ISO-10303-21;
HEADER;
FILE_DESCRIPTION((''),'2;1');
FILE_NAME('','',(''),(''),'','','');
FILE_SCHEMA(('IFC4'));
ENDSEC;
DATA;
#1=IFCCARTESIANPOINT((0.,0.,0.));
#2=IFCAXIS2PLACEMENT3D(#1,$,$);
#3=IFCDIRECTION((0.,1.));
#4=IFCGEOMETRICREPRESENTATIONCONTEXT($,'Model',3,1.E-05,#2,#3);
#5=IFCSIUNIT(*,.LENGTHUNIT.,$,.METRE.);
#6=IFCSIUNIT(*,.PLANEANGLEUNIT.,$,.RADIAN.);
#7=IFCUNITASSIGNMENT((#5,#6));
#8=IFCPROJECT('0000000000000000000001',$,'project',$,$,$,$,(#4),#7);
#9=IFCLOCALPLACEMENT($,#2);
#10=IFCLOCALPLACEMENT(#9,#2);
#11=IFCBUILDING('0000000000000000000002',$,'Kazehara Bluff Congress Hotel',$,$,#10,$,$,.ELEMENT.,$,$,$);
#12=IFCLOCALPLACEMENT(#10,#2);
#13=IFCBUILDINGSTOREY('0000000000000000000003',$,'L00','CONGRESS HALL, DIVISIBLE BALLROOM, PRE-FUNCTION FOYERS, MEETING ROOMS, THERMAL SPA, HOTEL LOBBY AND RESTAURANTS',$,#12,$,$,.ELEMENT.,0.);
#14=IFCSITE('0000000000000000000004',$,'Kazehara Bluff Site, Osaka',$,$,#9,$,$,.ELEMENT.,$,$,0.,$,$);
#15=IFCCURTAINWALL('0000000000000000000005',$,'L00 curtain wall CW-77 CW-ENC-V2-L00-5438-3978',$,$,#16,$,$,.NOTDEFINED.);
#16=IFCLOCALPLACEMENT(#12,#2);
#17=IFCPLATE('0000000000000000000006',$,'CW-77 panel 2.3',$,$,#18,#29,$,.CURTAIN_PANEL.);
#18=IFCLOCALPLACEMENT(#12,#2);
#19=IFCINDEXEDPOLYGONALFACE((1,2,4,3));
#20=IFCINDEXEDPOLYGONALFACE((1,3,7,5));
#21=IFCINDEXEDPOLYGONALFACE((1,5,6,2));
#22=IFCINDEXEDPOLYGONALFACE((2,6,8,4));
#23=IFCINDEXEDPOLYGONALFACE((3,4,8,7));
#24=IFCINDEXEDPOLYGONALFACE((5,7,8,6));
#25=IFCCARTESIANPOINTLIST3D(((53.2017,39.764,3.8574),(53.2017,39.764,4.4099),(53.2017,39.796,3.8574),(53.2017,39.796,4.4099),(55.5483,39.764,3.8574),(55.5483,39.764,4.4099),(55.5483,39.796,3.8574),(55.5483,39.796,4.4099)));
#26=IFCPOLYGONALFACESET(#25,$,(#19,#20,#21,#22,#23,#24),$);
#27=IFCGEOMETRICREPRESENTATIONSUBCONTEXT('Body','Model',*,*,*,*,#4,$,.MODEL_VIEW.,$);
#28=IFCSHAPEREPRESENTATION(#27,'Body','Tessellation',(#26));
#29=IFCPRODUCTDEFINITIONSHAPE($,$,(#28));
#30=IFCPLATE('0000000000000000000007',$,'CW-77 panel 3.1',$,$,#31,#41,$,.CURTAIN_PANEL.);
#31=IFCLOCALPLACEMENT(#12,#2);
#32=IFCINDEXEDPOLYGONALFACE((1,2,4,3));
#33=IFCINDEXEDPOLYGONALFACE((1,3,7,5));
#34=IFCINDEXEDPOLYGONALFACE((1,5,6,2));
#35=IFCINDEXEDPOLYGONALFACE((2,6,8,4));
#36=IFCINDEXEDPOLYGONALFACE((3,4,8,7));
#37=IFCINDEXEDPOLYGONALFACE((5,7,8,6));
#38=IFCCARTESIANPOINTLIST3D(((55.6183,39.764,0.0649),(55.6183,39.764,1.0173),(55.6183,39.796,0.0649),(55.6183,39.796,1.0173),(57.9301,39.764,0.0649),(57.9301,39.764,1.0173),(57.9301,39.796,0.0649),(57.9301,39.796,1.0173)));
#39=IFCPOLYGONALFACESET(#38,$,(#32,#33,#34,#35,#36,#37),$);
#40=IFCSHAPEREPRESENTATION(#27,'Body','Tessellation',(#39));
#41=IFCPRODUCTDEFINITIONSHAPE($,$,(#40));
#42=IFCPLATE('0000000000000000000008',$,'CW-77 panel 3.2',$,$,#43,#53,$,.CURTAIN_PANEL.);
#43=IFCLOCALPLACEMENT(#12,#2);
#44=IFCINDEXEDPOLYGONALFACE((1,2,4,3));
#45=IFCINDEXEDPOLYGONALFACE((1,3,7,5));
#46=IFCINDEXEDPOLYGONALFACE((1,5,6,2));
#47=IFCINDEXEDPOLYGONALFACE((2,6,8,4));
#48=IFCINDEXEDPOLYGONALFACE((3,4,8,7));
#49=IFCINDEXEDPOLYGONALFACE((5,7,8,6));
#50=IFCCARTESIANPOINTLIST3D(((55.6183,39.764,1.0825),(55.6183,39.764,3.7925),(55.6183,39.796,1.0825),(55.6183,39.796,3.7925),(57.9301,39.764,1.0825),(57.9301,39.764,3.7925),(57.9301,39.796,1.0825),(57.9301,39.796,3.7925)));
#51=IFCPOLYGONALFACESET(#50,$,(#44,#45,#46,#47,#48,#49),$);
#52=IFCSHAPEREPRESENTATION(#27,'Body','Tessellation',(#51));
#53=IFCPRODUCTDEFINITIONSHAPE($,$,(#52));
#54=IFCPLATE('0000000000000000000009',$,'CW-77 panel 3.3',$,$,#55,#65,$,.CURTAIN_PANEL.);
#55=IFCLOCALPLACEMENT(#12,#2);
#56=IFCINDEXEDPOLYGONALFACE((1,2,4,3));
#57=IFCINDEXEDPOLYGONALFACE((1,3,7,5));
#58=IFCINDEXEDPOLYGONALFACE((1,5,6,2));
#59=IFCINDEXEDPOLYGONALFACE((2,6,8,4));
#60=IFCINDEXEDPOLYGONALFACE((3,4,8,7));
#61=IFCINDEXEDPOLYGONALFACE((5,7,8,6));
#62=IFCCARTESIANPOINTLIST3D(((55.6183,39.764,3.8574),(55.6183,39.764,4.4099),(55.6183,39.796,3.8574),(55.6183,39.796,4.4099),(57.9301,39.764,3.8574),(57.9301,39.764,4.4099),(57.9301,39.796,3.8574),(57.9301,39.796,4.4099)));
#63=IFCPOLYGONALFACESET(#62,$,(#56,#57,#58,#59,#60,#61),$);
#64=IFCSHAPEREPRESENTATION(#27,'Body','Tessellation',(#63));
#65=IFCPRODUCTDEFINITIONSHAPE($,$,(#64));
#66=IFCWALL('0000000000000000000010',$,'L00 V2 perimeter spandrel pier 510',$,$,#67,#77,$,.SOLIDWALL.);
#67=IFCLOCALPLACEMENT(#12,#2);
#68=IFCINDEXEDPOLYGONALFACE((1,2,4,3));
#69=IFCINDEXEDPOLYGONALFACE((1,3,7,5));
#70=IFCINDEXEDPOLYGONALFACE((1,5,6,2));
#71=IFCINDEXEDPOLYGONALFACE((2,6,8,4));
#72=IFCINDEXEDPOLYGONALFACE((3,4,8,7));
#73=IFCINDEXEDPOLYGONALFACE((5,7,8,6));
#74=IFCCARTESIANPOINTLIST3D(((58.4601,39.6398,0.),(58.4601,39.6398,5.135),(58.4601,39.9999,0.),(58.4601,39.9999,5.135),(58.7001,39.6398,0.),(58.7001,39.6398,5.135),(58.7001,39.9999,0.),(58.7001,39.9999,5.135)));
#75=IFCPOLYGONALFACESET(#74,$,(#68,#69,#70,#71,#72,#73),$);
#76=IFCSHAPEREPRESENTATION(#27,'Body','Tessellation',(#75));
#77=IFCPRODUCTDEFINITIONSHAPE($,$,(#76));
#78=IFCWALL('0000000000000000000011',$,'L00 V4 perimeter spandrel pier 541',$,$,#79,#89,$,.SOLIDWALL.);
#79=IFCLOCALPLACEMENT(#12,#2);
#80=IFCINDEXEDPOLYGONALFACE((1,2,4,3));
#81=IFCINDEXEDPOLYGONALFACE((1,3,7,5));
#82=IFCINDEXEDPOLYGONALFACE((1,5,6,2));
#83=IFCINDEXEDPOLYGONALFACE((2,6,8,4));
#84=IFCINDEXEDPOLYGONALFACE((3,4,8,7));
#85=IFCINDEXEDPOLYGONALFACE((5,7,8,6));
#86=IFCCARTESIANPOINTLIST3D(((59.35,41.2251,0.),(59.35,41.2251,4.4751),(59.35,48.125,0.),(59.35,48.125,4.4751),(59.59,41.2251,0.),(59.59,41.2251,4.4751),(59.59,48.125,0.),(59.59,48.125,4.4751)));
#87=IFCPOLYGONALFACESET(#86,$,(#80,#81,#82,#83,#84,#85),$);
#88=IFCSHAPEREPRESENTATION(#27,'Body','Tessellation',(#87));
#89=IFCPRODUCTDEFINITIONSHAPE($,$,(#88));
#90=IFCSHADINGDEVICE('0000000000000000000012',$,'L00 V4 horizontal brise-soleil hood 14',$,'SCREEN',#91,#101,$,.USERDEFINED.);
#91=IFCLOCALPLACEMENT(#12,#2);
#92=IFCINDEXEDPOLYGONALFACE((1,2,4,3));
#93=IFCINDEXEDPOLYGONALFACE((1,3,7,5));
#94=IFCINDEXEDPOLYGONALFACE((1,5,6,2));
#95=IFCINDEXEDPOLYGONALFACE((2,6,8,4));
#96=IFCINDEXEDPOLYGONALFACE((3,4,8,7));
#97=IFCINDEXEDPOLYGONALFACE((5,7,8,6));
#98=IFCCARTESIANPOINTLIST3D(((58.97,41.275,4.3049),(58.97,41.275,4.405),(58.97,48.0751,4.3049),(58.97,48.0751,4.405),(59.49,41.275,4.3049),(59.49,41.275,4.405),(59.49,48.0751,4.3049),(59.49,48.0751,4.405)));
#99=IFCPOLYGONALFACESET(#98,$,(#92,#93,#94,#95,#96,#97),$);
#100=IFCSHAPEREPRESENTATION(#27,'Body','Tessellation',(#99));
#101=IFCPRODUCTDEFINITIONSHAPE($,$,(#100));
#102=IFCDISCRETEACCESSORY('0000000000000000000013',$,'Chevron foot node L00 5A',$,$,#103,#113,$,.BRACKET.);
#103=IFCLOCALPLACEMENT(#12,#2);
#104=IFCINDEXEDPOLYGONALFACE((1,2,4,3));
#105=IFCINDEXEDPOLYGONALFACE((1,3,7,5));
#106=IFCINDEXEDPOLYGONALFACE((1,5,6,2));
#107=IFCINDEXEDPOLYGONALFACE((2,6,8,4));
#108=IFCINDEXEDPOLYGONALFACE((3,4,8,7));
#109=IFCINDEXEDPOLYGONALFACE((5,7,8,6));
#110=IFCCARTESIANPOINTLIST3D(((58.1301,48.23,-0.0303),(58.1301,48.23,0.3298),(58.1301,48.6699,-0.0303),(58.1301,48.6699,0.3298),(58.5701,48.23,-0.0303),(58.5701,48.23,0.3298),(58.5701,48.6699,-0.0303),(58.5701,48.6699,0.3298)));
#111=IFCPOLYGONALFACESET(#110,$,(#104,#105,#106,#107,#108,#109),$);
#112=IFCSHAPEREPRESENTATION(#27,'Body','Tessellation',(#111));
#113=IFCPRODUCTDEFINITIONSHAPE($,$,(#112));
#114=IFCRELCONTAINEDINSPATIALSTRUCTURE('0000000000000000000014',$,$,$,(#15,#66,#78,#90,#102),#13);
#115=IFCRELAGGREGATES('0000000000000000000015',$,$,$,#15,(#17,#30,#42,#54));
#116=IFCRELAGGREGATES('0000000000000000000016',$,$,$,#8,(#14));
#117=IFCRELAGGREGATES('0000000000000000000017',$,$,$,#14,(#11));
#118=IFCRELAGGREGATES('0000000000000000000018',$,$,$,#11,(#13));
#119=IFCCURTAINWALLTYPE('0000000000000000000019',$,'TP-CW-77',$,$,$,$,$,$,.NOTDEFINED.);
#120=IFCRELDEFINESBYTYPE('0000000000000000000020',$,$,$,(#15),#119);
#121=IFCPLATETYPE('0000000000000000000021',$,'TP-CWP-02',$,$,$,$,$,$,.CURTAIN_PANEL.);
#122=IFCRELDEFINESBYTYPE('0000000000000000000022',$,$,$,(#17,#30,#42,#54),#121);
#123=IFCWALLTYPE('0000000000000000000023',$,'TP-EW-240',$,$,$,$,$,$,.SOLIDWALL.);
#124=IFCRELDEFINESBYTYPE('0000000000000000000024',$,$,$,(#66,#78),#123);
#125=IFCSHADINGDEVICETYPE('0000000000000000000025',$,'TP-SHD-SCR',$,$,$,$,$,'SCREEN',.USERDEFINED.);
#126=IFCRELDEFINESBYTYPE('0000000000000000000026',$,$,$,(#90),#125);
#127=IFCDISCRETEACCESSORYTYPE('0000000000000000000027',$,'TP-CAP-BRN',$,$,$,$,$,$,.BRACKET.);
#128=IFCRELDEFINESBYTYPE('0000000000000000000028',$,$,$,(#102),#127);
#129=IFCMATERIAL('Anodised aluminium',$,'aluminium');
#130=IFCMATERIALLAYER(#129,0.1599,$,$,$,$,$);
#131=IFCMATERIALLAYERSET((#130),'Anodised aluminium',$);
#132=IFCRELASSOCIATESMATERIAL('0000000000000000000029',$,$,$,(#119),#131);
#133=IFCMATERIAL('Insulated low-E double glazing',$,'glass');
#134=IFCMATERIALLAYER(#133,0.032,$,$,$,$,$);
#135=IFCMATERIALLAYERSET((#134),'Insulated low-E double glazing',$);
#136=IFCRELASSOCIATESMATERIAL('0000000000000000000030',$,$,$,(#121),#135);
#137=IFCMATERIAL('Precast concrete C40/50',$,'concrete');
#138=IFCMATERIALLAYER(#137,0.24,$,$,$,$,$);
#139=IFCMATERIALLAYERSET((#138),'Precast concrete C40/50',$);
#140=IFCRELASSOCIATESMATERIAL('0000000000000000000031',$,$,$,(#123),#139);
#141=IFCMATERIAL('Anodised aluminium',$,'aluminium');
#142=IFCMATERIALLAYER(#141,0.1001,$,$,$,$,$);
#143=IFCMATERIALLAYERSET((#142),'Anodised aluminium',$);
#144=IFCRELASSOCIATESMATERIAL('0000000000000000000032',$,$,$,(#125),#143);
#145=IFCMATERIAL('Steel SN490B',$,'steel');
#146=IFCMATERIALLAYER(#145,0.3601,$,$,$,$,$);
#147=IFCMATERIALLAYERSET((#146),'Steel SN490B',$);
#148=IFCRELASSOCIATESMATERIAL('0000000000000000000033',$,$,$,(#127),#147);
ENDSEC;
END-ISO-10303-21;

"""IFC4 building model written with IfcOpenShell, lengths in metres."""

from ifc_helpers import new_model, si_unit, direction, frame, frame_2d, origin, origin_2d, place, context, subcontext, project, spatial, rectangle, extrude, material, layer, layer_set, type_object, element, aggregate, save


model = new_model("IFC4")

# Units and contexts
model_context = context("Model", 3, precision=1e-05, world=origin(), true_north=direction((0.0, 1.0)))
body_context = subcontext(model_context, "Body", "Model", "MODEL_VIEW")
ifc_project = project(units=[si_unit("LENGTHUNIT", "METRE"), si_unit("PLANEANGLEUNIT", "RADIAN")], contexts=[model_context])

# Site, building, storey
site_placement = place(None, origin())
site = spatial("IfcSite", under=ifc_project, at=site_placement, Name="Kazehara Bluff Site, Osaka", CompositionType="ELEMENT", RefElevation=0.0)
building_placement = place(site_placement, origin())
building = spatial("IfcBuilding", under=site, at=building_placement, Name="Kazehara Bluff Congress Hotel", CompositionType="ELEMENT")
storey_placement = place(building_placement, origin())
storey = spatial("IfcBuildingStorey", under=building, at=storey_placement, Name="L00", Description="CONGRESS HALL, DIVISIBLE BALLROOM, PRE-FUNCTION FOYERS, MEETING ROOMS, THERMAL SPA, HOTEL LOBBY AND RESTAURANTS", CompositionType="ELEMENT", Elevation=0.0)

# Curtain wall
ifc_material_1 = material(Name="Anodised aluminium", Category="aluminium")
ifc_layer_1 = layer(ifc_material_1, 0.1599)
ifc_layer_set_1 = layer_set([ifc_layer_1], Name="Anodised aluminium")
curtain_wall_type_1 = type_object("IfcCurtainWallType", Name="TP-CW-77", PredefinedType="NOTDEFINED", material=ifc_layer_set_1)
curtain_wall_1_placement = place(storey_placement, origin())
curtain_wall_1 = element("IfcCurtainWall", 1, at=curtain_wall_1_placement, inside=storey, type_object=curtain_wall_type_1, Name="L00 curtain wall CW-77 CW-ENC-V2-L00-5438-3978", PredefinedType="NOTDEFINED")

# Shared definitions
ifc_material_2 = material(Name="Insulated low-E double glazing", Category="glass")
ifc_layer_2 = layer(ifc_material_2, 0.032)
ifc_layer_set_2 = layer_set([ifc_layer_2], Name="Insulated low-E double glazing")
plate_type = type_object("IfcPlateType", Name="TP-CWP-02", PredefinedType="CURTAIN_PANEL", material=ifc_layer_set_2)

# Plates
plate_1_placement = place(storey_placement, frame((54.375, 39.78, 3.8574), z_axis=(0.0, 0.0, 1.0), x_axis=(1.0, 0.0, 0.0)))
plate_1 = element("IfcPlate", 2, at=plate_1_placement, type_object=plate_type, Name="CW-77 panel 2.3", PredefinedType="CURTAIN_PANEL", context=body_context, shape_type="SweptSolid", body=[
    extrude(rectangle(XDim=2.3467, YDim=0.032, at=origin_2d()), origin(), (0.0, 0.0, 1.0), 0.5525),
])
plate_2_placement = place(storey_placement, frame((56.7742, 39.78, 0.0649), z_axis=(0.0, 0.0, 1.0), x_axis=(1.0, 0.0, 0.0)))
plate_2 = element("IfcPlate", 3, at=plate_2_placement, type_object=plate_type, Name="CW-77 panel 3.1", PredefinedType="CURTAIN_PANEL", context=body_context, shape_type="SweptSolid", body=[
    extrude(rectangle(XDim=2.3118, YDim=0.032, at=origin_2d()), origin(), (0.0, 0.0, 1.0), 0.9524),
])
plate_3_placement = place(storey_placement, frame((56.7742, 39.78, 1.0825), z_axis=(0.0, 0.0, 1.0), x_axis=(1.0, 0.0, 0.0)))
plate_3 = element("IfcPlate", 4, at=plate_3_placement, type_object=plate_type, Name="CW-77 panel 3.2", PredefinedType="CURTAIN_PANEL", context=body_context, shape_type="SweptSolid", body=[
    extrude(rectangle(XDim=2.3118, YDim=0.032, at=origin_2d()), origin(), (0.0, 0.0, 1.0), 2.71),
])
plate_4_placement = place(storey_placement, frame((56.7742, 39.78, 3.8574), z_axis=(0.0, 0.0, 1.0), x_axis=(1.0, 0.0, 0.0)))
plate_4 = element("IfcPlate", 5, at=plate_4_placement, type_object=plate_type, Name="CW-77 panel 3.3", PredefinedType="CURTAIN_PANEL", context=body_context, shape_type="SweptSolid", body=[
    extrude(rectangle(XDim=2.3118, YDim=0.032, at=origin_2d()), origin(), (0.0, 0.0, 1.0), 0.5525),
])
aggregate(curtain_wall_1, [plate_1, plate_2, plate_3, plate_4])

# Walls
ifc_material_3 = material(Name="Precast concrete C40/50", Category="concrete")
ifc_layer_3 = layer(ifc_material_3, 0.24)
ifc_layer_set_3 = layer_set([ifc_layer_3], Name="Precast concrete C40/50")
wall_type = type_object("IfcWallType", Name="TP-EW-240", PredefinedType="SOLIDWALL", material=ifc_layer_set_3)
wall_1_placement = place(storey_placement, frame((58.5801, 40.0, 0.0), z_axis=(0.0, 0.0, 1.0), x_axis=(0.0, -1.0, 0.0)))
element("IfcWall", 6, at=wall_1_placement, inside=storey, type_object=wall_type, Name="L00 V2 perimeter spandrel pier 510", PredefinedType="SOLIDWALL", context=body_context, shape_type="SweptSolid", body=[
    extrude(rectangle(XDim=0.3601, YDim=0.24, at=frame_2d((0.1802, 0.0))), origin(), (0.0, 0.0, 1.0), 5.135),
])
wall_2_placement = place(storey_placement, frame((59.47, 41.2251, 0.0), z_axis=(0.0, 0.0, 1.0), x_axis=(0.0, 1.0, 0.0)))
element("IfcWall", 7, at=wall_2_placement, inside=storey, type_object=wall_type, Name="L00 V4 perimeter spandrel pier 541", PredefinedType="SOLIDWALL", context=body_context, shape_type="SweptSolid", body=[
    extrude(rectangle(XDim=6.8999, YDim=0.24, at=frame_2d((3.45, 0.0))), origin(), (0.0, 0.0, 1.0), 4.4751),
])

# Shading device
ifc_material_4 = material(Name="Anodised aluminium", Category="aluminium")
ifc_layer_4 = layer(ifc_material_4, 0.1001)
ifc_layer_set_4 = layer_set([ifc_layer_4], Name="Anodised aluminium")
shading_device_type = type_object("IfcShadingDeviceType", Name="TP-SHD-SCR", ElementType="SCREEN", PredefinedType="USERDEFINED", material=ifc_layer_set_4)
shading_device_placement = place(storey_placement, frame((59.23, 44.675, 4.3049), z_axis=(0.0, 0.0, 1.0), x_axis=(1.0, 0.0, 0.0)))
element("IfcShadingDevice", 8, at=shading_device_placement, inside=storey, type_object=shading_device_type, Name="L00 V4 horizontal brise-soleil hood 14", ObjectType="SCREEN", PredefinedType="USERDEFINED", context=body_context, shape_type="SweptSolid", body=[
    extrude(rectangle(XDim=0.52, YDim=6.8, at=origin_2d()), origin(), (0.0, 0.0, 1.0), 0.1001),
])

# Discrete accessory
ifc_material_5 = material(Name="Steel SN490B", Category="steel")
ifc_layer_5 = layer(ifc_material_5, 0.3601)
ifc_layer_set_5 = layer_set([ifc_layer_5], Name="Steel SN490B")
discrete_accessory_type = type_object("IfcDiscreteAccessoryType", Name="TP-CAP-BRN", PredefinedType="BRACKET", material=ifc_layer_set_5)
discrete_accessory_placement = place(storey_placement, frame((58.3501, 48.45, -0.0303), z_axis=(0.0, 0.0, 1.0), x_axis=(1.0, 0.0, 0.0)))
element("IfcDiscreteAccessory", 9, at=discrete_accessory_placement, inside=storey, type_object=discrete_accessory_type, Name="Chevron foot node L00 5A", PredefinedType="BRACKET", context=body_context, shape_type="SweptSolid", body=[
    extrude(rectangle(XDim=0.4399, YDim=0.4399, at=origin_2d()), origin(), (0.0, 0.0, 1.0), 0.3601),
])

save(model, "model.ifc")
